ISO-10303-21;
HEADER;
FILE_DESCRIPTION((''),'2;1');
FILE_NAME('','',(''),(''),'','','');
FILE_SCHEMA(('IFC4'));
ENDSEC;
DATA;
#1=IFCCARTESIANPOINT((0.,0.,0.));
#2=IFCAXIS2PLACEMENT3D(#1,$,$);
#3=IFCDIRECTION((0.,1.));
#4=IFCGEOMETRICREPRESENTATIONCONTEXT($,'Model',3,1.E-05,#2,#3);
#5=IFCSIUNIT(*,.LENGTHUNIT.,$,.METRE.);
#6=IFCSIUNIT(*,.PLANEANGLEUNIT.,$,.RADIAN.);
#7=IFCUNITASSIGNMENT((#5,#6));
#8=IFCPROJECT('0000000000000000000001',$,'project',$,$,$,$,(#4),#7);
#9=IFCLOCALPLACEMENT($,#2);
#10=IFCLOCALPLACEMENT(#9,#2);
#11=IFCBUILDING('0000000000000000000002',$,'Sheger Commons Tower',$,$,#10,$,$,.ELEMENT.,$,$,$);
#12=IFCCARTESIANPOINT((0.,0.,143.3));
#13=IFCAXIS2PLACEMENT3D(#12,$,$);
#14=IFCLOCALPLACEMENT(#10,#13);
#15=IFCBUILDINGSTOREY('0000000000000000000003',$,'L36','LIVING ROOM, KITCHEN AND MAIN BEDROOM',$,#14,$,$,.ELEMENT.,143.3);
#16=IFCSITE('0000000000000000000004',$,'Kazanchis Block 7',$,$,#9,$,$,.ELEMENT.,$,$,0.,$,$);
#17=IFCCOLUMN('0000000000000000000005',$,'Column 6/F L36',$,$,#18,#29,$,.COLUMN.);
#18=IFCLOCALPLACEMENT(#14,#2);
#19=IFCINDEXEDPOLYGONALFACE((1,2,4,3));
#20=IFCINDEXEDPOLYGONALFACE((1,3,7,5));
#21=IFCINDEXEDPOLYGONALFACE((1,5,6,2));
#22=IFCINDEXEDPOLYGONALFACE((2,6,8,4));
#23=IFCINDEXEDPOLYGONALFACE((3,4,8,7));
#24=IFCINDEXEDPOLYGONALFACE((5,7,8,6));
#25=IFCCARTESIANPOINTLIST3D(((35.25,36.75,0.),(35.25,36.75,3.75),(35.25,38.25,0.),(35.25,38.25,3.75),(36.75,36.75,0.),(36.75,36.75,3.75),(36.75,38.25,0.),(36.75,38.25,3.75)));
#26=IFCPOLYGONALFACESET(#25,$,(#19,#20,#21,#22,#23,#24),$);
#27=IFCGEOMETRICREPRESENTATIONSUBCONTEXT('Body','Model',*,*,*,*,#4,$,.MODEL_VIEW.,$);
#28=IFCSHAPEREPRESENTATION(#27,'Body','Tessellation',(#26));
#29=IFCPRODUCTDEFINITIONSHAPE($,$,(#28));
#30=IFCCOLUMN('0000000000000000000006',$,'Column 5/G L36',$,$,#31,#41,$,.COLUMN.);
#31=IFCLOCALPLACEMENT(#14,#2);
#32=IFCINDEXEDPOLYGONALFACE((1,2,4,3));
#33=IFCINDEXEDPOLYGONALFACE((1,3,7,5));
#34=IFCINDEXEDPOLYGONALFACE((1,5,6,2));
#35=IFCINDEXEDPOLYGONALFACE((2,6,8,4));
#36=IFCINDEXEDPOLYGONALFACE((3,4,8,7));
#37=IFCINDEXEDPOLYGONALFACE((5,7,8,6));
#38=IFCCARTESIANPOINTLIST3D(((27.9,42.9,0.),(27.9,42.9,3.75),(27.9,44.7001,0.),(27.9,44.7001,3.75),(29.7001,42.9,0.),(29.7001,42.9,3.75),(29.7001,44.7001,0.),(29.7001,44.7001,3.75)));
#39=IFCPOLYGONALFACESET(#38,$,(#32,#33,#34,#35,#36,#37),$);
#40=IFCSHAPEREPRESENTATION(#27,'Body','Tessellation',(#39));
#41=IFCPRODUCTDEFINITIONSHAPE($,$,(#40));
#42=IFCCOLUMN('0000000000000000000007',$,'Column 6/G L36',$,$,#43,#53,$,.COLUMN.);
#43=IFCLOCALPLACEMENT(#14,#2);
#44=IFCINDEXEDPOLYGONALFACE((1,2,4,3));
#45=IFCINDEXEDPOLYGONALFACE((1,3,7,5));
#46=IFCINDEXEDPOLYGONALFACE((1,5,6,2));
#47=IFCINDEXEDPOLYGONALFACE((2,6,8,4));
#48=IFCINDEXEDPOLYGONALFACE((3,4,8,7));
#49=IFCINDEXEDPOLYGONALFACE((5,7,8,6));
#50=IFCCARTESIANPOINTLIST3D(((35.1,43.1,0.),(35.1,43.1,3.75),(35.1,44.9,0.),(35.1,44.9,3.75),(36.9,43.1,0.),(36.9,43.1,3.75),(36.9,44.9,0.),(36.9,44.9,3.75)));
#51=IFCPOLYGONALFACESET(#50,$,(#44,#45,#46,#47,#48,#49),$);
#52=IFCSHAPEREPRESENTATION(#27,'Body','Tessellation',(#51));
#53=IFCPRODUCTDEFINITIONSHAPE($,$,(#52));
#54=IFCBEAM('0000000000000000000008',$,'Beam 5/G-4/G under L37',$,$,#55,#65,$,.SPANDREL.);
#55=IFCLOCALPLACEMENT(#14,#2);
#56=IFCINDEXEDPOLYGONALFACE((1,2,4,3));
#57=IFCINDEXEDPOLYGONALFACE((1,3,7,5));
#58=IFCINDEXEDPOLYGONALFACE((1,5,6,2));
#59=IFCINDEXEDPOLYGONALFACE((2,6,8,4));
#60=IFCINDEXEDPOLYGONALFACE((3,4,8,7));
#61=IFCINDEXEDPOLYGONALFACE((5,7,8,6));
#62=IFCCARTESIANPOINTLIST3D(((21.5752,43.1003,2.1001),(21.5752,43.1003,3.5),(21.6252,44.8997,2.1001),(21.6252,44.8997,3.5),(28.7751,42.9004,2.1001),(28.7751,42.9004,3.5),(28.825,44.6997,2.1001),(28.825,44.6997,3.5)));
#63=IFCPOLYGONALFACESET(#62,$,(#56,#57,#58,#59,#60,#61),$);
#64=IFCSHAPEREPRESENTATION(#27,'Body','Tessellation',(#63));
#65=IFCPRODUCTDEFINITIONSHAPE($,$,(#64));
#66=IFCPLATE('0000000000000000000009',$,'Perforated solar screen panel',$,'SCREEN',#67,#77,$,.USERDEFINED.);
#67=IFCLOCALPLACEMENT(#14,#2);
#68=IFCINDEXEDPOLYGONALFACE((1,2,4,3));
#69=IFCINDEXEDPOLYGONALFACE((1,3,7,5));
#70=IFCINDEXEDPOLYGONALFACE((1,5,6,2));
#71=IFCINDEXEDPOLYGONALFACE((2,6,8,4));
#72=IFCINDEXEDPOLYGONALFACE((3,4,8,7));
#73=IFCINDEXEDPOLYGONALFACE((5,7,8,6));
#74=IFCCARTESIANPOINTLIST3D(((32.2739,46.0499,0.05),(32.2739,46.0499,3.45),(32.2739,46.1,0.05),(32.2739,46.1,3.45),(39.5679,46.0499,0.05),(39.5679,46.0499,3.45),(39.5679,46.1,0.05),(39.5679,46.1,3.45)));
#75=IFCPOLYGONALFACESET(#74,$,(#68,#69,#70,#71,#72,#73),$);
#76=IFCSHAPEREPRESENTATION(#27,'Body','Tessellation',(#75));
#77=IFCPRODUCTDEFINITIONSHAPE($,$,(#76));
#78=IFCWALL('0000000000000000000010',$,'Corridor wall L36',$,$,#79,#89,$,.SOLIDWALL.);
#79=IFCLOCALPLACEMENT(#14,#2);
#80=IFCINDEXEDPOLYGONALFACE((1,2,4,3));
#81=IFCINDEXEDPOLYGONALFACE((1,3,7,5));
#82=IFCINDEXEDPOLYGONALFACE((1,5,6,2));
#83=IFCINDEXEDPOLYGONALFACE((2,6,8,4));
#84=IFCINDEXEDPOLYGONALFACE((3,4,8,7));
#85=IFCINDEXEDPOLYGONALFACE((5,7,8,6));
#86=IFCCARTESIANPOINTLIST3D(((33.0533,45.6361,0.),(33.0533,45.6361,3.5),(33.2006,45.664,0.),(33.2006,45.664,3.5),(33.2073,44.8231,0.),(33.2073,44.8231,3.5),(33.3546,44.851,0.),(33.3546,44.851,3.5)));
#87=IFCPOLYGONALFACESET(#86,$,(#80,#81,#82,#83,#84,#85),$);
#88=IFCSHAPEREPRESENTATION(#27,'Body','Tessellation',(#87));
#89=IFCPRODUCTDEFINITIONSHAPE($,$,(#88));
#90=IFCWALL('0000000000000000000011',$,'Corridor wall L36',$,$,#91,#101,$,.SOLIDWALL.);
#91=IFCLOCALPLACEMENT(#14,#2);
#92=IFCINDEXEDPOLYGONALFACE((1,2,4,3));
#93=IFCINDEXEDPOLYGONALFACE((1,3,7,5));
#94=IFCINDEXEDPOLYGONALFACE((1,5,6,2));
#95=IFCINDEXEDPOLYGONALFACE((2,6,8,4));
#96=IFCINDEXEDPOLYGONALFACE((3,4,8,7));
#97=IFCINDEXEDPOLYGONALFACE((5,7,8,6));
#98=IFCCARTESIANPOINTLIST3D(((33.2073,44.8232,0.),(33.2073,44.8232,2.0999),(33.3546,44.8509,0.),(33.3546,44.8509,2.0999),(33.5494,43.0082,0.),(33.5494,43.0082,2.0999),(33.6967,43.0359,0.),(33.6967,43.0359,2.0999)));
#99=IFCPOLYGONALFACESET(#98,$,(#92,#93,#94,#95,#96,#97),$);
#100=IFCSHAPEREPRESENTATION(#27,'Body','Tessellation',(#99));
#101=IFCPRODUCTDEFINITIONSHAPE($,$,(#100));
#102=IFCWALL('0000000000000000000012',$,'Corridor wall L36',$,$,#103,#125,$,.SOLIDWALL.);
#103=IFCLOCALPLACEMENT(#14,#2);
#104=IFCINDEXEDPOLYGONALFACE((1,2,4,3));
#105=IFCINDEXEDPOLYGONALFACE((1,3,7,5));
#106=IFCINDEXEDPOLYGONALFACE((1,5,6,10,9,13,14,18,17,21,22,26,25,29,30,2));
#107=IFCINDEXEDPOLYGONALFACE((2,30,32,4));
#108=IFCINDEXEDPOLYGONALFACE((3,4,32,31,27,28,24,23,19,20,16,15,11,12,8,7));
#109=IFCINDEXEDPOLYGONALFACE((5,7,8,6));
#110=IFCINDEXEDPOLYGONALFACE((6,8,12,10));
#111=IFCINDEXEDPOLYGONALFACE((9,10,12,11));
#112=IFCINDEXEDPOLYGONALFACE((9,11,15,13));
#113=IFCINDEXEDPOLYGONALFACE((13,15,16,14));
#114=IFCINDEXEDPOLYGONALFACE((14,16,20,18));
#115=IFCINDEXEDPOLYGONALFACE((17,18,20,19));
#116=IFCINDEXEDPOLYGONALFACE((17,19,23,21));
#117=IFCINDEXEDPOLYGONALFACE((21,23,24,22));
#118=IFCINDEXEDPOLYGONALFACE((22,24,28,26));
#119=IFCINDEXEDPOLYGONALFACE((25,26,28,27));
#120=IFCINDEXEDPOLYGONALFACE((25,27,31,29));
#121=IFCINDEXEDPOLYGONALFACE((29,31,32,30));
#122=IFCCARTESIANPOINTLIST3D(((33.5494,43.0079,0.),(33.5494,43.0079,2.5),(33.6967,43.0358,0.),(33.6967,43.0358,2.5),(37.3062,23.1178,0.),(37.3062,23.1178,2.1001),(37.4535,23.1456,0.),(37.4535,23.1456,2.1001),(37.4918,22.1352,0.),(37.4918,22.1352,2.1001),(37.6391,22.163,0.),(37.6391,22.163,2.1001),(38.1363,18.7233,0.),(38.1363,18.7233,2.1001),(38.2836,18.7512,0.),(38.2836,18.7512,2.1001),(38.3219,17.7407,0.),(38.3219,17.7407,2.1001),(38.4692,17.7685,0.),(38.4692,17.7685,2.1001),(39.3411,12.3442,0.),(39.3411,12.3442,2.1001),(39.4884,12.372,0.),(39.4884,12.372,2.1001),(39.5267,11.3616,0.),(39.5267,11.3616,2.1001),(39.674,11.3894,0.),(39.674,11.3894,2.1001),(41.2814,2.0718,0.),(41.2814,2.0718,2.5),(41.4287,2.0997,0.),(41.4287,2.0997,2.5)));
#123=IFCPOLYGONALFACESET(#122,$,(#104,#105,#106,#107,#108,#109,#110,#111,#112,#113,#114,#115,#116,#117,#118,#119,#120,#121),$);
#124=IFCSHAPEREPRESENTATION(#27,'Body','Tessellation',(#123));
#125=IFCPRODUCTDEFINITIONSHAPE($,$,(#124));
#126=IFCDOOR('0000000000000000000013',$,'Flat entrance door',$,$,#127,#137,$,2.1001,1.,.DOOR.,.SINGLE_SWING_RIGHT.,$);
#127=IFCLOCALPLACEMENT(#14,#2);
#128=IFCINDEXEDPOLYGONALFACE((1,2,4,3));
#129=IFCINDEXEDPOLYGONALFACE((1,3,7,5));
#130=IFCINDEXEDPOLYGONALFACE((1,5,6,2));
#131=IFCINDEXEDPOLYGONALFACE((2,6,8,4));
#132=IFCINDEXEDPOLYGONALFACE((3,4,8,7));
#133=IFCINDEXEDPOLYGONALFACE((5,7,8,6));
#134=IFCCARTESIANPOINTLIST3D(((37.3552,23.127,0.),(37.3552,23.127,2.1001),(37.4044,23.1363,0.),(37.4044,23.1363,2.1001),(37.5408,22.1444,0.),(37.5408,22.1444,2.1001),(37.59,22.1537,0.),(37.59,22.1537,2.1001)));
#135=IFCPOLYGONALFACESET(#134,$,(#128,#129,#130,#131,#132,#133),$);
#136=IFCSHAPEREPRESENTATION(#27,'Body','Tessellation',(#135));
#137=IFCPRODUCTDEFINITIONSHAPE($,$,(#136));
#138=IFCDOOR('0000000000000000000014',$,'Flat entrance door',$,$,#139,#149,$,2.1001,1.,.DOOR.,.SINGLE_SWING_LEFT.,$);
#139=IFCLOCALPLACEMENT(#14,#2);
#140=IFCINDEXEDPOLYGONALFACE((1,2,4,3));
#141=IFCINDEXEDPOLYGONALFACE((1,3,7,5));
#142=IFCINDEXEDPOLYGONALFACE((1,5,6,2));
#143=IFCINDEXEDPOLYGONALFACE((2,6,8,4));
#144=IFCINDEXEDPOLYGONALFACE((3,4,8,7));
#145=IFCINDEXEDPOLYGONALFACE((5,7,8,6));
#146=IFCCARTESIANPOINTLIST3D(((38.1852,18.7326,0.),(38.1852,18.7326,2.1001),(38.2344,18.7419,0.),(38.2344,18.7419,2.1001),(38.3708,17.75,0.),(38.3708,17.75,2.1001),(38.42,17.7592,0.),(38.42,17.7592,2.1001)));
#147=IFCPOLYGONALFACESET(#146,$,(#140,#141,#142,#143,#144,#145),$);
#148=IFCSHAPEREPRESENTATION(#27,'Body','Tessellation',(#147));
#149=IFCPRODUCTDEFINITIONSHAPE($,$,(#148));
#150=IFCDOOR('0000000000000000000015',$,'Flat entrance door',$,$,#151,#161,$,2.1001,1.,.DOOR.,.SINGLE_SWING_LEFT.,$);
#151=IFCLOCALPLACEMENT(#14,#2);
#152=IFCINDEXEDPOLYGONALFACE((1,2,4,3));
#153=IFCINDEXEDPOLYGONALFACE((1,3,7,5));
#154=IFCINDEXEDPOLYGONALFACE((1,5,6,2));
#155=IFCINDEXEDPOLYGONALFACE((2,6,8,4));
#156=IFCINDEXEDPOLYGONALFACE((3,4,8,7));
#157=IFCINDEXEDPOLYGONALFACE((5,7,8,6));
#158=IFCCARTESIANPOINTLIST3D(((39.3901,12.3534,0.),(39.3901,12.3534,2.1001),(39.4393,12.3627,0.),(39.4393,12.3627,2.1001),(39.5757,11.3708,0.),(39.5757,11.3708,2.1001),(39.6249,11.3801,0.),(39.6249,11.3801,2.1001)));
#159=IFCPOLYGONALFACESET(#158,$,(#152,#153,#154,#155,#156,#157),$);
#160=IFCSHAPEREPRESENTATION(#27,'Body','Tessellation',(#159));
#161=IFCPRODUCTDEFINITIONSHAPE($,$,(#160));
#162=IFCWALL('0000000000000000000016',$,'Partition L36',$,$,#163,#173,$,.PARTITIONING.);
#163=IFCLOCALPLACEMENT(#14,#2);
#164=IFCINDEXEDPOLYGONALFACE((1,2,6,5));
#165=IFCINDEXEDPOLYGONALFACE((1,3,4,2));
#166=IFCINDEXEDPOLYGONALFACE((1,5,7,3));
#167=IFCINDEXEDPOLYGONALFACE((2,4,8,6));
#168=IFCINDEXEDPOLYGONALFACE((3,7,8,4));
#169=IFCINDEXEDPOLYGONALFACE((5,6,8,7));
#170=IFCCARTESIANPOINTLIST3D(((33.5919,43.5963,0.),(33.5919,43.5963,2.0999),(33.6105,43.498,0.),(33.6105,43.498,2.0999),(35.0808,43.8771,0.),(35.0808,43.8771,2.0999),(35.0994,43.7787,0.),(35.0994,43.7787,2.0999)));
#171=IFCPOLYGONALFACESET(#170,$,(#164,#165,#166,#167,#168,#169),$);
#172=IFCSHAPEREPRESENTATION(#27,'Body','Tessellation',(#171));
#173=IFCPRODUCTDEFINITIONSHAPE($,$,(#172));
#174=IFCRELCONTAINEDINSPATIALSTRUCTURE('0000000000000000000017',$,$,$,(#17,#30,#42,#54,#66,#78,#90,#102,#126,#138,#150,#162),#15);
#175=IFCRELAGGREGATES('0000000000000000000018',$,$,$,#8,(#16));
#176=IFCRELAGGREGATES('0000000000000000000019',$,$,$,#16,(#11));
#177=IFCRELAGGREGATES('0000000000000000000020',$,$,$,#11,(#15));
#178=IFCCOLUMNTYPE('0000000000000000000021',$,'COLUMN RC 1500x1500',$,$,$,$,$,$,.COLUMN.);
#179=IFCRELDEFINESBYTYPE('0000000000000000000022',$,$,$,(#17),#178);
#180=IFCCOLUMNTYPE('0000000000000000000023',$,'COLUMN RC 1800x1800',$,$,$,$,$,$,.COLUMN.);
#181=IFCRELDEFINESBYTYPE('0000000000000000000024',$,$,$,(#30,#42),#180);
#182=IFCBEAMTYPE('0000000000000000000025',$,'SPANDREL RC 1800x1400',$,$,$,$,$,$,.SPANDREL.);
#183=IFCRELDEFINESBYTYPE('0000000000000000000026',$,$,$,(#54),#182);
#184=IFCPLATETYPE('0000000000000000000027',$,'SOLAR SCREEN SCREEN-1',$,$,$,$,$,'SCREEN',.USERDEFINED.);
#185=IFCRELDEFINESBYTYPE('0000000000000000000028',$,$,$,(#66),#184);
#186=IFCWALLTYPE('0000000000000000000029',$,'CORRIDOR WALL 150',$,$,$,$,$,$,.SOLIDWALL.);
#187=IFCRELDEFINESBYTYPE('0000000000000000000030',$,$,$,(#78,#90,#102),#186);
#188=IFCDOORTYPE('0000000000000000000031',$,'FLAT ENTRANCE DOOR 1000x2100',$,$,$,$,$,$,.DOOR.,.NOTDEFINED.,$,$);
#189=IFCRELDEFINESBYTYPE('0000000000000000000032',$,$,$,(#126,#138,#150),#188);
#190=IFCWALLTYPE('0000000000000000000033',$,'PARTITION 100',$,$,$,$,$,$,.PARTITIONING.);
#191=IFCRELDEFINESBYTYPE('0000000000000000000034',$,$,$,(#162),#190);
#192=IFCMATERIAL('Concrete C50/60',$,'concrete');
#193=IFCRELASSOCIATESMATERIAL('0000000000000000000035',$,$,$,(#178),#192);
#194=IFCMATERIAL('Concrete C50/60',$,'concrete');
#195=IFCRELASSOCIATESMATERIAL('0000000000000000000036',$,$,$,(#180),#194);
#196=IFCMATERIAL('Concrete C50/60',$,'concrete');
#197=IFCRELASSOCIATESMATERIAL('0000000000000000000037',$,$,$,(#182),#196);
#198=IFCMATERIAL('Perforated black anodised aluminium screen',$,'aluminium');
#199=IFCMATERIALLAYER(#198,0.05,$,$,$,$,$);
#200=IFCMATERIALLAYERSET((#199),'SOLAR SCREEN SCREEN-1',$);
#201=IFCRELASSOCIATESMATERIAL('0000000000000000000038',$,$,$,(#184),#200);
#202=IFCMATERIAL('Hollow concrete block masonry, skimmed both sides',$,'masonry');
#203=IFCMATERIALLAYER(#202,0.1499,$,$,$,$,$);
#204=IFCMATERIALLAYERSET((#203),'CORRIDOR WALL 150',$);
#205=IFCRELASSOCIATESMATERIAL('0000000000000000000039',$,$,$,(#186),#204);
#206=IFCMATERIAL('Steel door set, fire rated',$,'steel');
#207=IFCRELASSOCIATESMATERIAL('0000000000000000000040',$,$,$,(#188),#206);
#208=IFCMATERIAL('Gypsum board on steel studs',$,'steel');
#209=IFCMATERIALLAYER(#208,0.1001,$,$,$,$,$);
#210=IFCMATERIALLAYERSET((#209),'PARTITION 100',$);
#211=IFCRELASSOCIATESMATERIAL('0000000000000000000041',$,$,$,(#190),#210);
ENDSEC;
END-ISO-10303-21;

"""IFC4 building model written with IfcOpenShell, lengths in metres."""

from ifc_helpers import new_model, si_unit, direction, frame, frame_2d, origin, origin_2d, place, context, subcontext, project, spatial, rectangle, extrude, material, layer, layer_set, material_profile, profile_set, type_object, element, fill, save


model = new_model("IFC4")

# Units and contexts
model_context = context("Model", 3, precision=1e-05, world=origin(), true_north=direction((0.0, 1.0)))
body_context = subcontext(model_context, "Body", "Model", "MODEL_VIEW")
ifc_project = project(units=[si_unit("LENGTHUNIT", "METRE"), si_unit("PLANEANGLEUNIT", "RADIAN")], contexts=[model_context])

# Site, building, storey
site_placement = place(None, origin())
site = spatial("IfcSite", under=ifc_project, at=site_placement, Name="Kazanchis Block 7", CompositionType="ELEMENT", RefElevation=0.0)
building_placement = place(site_placement, origin())
building = spatial("IfcBuilding", under=site, at=building_placement, Name="Sheger Commons Tower", CompositionType="ELEMENT")
storey_placement = place(building_placement, frame((0.0, 0.0, 143.3)))
storey = spatial("IfcBuildingStorey", under=building, at=storey_placement, Name="L36", Description="LIVING ROOM, KITCHEN AND MAIN BEDROOM", CompositionType="ELEMENT", Elevation=143.3)

# Columns
ifc_material_1 = material(Name="Concrete C50/60", Category="concrete")
ifc_material_profile_1 = material_profile(ifc_material_1, rectangle(XDim=1.5, YDim=1.5, at=origin_2d()), Name="RC 1500x1500")
ifc_profile_set_1 = profile_set([ifc_material_profile_1], Name="Concrete C50/60")
column_type_1 = type_object("IfcColumnType", Name="COLUMN RC 1500x1500", PredefinedType="COLUMN", material=ifc_profile_set_1)
column_placement = place(storey_placement, frame((36.0, 37.5, 0.0), z_axis=(0.0, 0.0, 1.0), x_axis=(1.0, 0.0, 0.0)))
element("IfcColumn", 1, at=column_placement, inside=storey, type_object=column_type_1, Name="Column 6/F L36", PredefinedType="COLUMN", context=body_context, shape_type="SweptSolid", body=[
    extrude(rectangle(XDim=1.5, YDim=1.5, at=origin_2d()), origin(), (0.0, 0.0, 1.0), 3.75),
])
ifc_material_2 = material(Name="Concrete C50/60", Category="concrete")
ifc_material_profile_2 = material_profile(ifc_material_2, rectangle(XDim=1.8, YDim=1.8, at=origin_2d()), Name="RC 1800x1800")
ifc_profile_set_2 = profile_set([ifc_material_profile_2], Name="Concrete C50/60")
column_type_2 = type_object("IfcColumnType", Name="COLUMN RC 1800x1800", PredefinedType="COLUMN", material=ifc_profile_set_2)
for number, where, z_axis, x_axis, name in (
    (2, (28.8, 43.8, 0.0), (0.0, 0.0, 1.0), (1.0, 0.0, 0.0), "Column 5/G L36"),
    (3, (36.0, 44.0, 0.0), (0.0, 0.0, 1.0), (1.0, 0.0, 0.0), "Column 6/G L36"),
):
    element("IfcColumn", number, at=place(storey_placement, frame(where, z_axis=z_axis, x_axis=x_axis)), inside=storey, type_object=column_type_2, Name=name, PredefinedType="COLUMN", context=body_context, shape_type="SweptSolid", body=[
        extrude(rectangle(XDim=1.8, YDim=1.8, at=origin_2d()), origin(), (0.0, 0.0, 1.0), 3.75),
    ])

# Beam
ifc_material_3 = material(Name="Concrete C50/60", Category="concrete")
ifc_material_profile_3 = material_profile(ifc_material_3, rectangle(XDim=1.8, YDim=1.3999, at=origin_2d()), Name="RC 1800x1400")
ifc_profile_set_3 = profile_set([ifc_material_profile_3], Name="Concrete C50/60")
beam_type = type_object("IfcBeamType", Name="SPANDREL RC 1800x1400", PredefinedType="SPANDREL", material=ifc_profile_set_3)
beam_placement = place(storey_placement, frame((28.8, 43.8, 2.8), z_axis=(-0.999615, 0.02776, 0.0), x_axis=(-0.02776, -0.999615, 0.0)))
element("IfcBeam", 4, at=beam_placement, inside=storey, type_object=beam_type, Name="Beam 5/G-4/G under L37", PredefinedType="SPANDREL", context=body_context, shape_type="SweptSolid", body=[
    extrude(rectangle(XDim=1.8, YDim=1.3999, at=origin_2d()), origin(), (0.0, 0.0, 1.0), 7.2026),
])

# Plate
ifc_material_4 = material(Name="Perforated black anodised aluminium screen", Category="aluminium")
ifc_layer_1 = layer(ifc_material_4, 0.05)
ifc_layer_set_1 = layer_set([ifc_layer_1], Name="SOLAR SCREEN SCREEN-1")
plate_type = type_object("IfcPlateType", Name="SOLAR SCREEN SCREEN-1", ElementType="SCREEN", PredefinedType="USERDEFINED", material=ifc_layer_set_1)
plate_placement = place(storey_placement, frame((35.9209, 46.075, 0.05), z_axis=(0.0, 0.0, 1.0), x_axis=(-1.0, 0.0, 0.0)))
element("IfcPlate", 5, at=plate_placement, inside=storey, type_object=plate_type, Name="Perforated solar screen panel", ObjectType="SCREEN", PredefinedType="USERDEFINED", context=body_context, shape_type="SweptSolid", body=[
    extrude(rectangle(XDim=7.2939, YDim=0.05, at=origin_2d()), origin(), (0.0, 0.0, 1.0), 3.3999),
])

# Walls
ifc_material_5 = material(Name="Hollow concrete block masonry, skimmed both sides", Category="masonry")
ifc_layer_2 = layer(ifc_material_5, 0.1499)
ifc_layer_set_2 = layer_set([ifc_layer_2], Name="CORRIDOR WALL 150")
wall_type_1 = type_object("IfcWallType", Name="CORRIDOR WALL 150", PredefinedType="SOLIDWALL", material=ifc_layer_set_2)
wall_1_placement = place(storey_placement, frame((33.127, 45.6499, 0.0), z_axis=(0.0, 0.0, 1.0), x_axis=(0.186177, -0.982516, 0.0)))
element("IfcWall", 6, at=wall_1_placement, inside=storey, type_object=wall_type_1, Name="Corridor wall L36", PredefinedType="SOLIDWALL", context=body_context, shape_type="SweptSolid", body=[
    extrude(rectangle(XDim=0.8274, YDim=0.1499, at=frame_2d((0.4136, 0.0))), origin(), (0.0, 0.0, 1.0), 3.5),
])
wall_2_placement = place(storey_placement, frame((33.281, 44.8369, 0.0), z_axis=(0.0, 0.0, 1.0), x_axis=(0.185198, -0.982701, 0.0)))
element("IfcWall", 7, at=wall_2_placement, inside=storey, type_object=wall_type_1, Name="Corridor wall L36", PredefinedType="SOLIDWALL", context=body_context, shape_type="SweptSolid", body=[
    extrude(rectangle(XDim=1.8469, YDim=0.1499, at=frame_2d((0.9233, 0.0))), origin(), (0.0, 0.0, 1.0), 2.0999),
])

# Wall, openings, doors
wall_3_placement = place(storey_placement, frame((33.623, 43.022, 0.0), z_axis=(0.0, 0.0, 1.0), x_axis=(0.185597, -0.982626, 0.0)))
wall_3 = element("IfcWall", 8, at=wall_3_placement, inside=storey, type_object=wall_type_1, Name="Corridor wall L36", PredefinedType="SOLIDWALL", context=body_context, shape_type="SweptSolid", body=[
    extrude(rectangle(XDim=41.6599, YDim=0.1499, at=frame_2d((20.8301, 0.0))), origin(), (0.0, 0.0, 1.0), 2.5),
])
opening_1_placement = place(wall_3_placement, frame((20.2419, 0.0, 0.0)))
opening_1 = element("IfcOpeningElement", 9, at=opening_1_placement, cuts=wall_3, PredefinedType="OPENING", context=body_context, shape_type="SweptSolid", body=[
    extrude(rectangle(XDim=1.0, YDim=2.1001, at=frame_2d((0.5, 1.05))), frame((0.0, 0.085, 0.0), z_axis=(0.0, -1.0, 0.0), x_axis=(1.0, 0.0, 0.0)), (0.0, 0.0, 1.0), 0.1699),
])
opening_2_placement = place(wall_3_placement, frame((24.7141, 0.0, 0.0)))
opening_2 = element("IfcOpeningElement", 10, at=opening_2_placement, cuts=wall_3, PredefinedType="OPENING", context=body_context, shape_type="SweptSolid", body=[
    extrude(rectangle(XDim=1.0, YDim=2.1001, at=frame_2d((0.5, 1.05))), frame((0.0, 0.085, 0.0), z_axis=(0.0, -1.0, 0.0), x_axis=(1.0, 0.0, 0.0)), (0.0, 0.0, 1.0), 0.1699),
])
opening_3_placement = place(wall_3_placement, frame((31.2061, 0.0, 0.0)))
opening_3 = element("IfcOpeningElement", 11, at=opening_3_placement, cuts=wall_3, PredefinedType="OPENING", context=body_context, shape_type="SweptSolid", body=[
    extrude(rectangle(XDim=1.0, YDim=2.1001, at=frame_2d((0.5, 1.05))), frame((0.0, 0.085, 0.0), z_axis=(0.0, -1.0, 0.0), x_axis=(1.0, 0.0, 0.0)), (0.0, 0.0, 1.0), 0.1699),
])
ifc_material_6 = material(Name="Steel door set, fire rated", Category="steel")
door_type = type_object("IfcDoorType", Name="FLAT ENTRANCE DOOR 1000x2100", OperationType="NOTDEFINED", PredefinedType="DOOR", material=ifc_material_6)
door_1_placement = place(opening_1_placement, origin())
door_1 = element("IfcDoor", 12, at=door_1_placement, inside=storey, type_object=door_type, Name="Flat entrance door", OperationType="SINGLE_SWING_RIGHT", OverallHeight=2.1001, OverallWidth=1.0, PredefinedType="DOOR", context=body_context, shape_type="SweptSolid", body=[
    extrude(rectangle(XDim=1.0, YDim=2.1001, at=frame_2d((0.5, 1.05))), frame((0.0, 0.0249, 0.0), z_axis=(0.0, -1.0, 0.0), x_axis=(1.0, 0.0, 0.0)), (0.0, 0.0, 1.0), 0.05),
])
fill(opening_1, door_1)
door_2_placement = place(opening_2_placement, origin())
door_2 = element("IfcDoor", 13, at=door_2_placement, inside=storey, type_object=door_type, Name="Flat entrance door", OperationType="SINGLE_SWING_LEFT", OverallHeight=2.1001, OverallWidth=1.0, PredefinedType="DOOR", context=body_context, shape_type="SweptSolid", body=[
    extrude(rectangle(XDim=1.0, YDim=2.1001, at=frame_2d((0.5, 1.05))), frame((0.0, 0.0249, 0.0), z_axis=(0.0, -1.0, 0.0), x_axis=(1.0, 0.0, 0.0)), (0.0, 0.0, 1.0), 0.05),
])
fill(opening_2, door_2)
door_3_placement = place(opening_3_placement, origin())
door_3 = element("IfcDoor", 14, at=door_3_placement, inside=storey, type_object=door_type, Name="Flat entrance door", OperationType="SINGLE_SWING_LEFT", OverallHeight=2.1001, OverallWidth=1.0, PredefinedType="DOOR", context=body_context, shape_type="SweptSolid", body=[
    extrude(rectangle(XDim=1.0, YDim=2.1001, at=frame_2d((0.5, 1.05))), frame((0.0, 0.0249, 0.0), z_axis=(0.0, -1.0, 0.0), x_axis=(1.0, 0.0, 0.0)), (0.0, 0.0, 1.0), 0.05),
])
fill(opening_3, door_3)

# Wall
ifc_material_7 = material(Name="Gypsum board on steel studs", Category="steel")
ifc_layer_3 = layer(ifc_material_7, 0.1001)
ifc_layer_set_3 = layer_set([ifc_layer_3], Name="PARTITION 100")
wall_type_2 = type_object("IfcWallType", Name="PARTITION 100", PredefinedType="PARTITIONING", material=ifc_layer_set_3)
wall_4_placement = place(storey_placement, frame((35.0901, 43.8279, 0.0), z_axis=(0.0, 0.0, 1.0), x_axis=(-0.982684, -0.18529, 0.0)))
element("IfcWall", 15, at=wall_4_placement, inside=storey, type_object=wall_type_2, Name="Partition L36", PredefinedType="PARTITIONING", context=body_context, shape_type="SweptSolid", body=[
    extrude(rectangle(XDim=1.5151, YDim=0.1001, at=frame_2d((0.7576, 0.0))), origin(), (0.0, 0.0, 1.0), 2.0999),
])

save(model, "model.ifc")
